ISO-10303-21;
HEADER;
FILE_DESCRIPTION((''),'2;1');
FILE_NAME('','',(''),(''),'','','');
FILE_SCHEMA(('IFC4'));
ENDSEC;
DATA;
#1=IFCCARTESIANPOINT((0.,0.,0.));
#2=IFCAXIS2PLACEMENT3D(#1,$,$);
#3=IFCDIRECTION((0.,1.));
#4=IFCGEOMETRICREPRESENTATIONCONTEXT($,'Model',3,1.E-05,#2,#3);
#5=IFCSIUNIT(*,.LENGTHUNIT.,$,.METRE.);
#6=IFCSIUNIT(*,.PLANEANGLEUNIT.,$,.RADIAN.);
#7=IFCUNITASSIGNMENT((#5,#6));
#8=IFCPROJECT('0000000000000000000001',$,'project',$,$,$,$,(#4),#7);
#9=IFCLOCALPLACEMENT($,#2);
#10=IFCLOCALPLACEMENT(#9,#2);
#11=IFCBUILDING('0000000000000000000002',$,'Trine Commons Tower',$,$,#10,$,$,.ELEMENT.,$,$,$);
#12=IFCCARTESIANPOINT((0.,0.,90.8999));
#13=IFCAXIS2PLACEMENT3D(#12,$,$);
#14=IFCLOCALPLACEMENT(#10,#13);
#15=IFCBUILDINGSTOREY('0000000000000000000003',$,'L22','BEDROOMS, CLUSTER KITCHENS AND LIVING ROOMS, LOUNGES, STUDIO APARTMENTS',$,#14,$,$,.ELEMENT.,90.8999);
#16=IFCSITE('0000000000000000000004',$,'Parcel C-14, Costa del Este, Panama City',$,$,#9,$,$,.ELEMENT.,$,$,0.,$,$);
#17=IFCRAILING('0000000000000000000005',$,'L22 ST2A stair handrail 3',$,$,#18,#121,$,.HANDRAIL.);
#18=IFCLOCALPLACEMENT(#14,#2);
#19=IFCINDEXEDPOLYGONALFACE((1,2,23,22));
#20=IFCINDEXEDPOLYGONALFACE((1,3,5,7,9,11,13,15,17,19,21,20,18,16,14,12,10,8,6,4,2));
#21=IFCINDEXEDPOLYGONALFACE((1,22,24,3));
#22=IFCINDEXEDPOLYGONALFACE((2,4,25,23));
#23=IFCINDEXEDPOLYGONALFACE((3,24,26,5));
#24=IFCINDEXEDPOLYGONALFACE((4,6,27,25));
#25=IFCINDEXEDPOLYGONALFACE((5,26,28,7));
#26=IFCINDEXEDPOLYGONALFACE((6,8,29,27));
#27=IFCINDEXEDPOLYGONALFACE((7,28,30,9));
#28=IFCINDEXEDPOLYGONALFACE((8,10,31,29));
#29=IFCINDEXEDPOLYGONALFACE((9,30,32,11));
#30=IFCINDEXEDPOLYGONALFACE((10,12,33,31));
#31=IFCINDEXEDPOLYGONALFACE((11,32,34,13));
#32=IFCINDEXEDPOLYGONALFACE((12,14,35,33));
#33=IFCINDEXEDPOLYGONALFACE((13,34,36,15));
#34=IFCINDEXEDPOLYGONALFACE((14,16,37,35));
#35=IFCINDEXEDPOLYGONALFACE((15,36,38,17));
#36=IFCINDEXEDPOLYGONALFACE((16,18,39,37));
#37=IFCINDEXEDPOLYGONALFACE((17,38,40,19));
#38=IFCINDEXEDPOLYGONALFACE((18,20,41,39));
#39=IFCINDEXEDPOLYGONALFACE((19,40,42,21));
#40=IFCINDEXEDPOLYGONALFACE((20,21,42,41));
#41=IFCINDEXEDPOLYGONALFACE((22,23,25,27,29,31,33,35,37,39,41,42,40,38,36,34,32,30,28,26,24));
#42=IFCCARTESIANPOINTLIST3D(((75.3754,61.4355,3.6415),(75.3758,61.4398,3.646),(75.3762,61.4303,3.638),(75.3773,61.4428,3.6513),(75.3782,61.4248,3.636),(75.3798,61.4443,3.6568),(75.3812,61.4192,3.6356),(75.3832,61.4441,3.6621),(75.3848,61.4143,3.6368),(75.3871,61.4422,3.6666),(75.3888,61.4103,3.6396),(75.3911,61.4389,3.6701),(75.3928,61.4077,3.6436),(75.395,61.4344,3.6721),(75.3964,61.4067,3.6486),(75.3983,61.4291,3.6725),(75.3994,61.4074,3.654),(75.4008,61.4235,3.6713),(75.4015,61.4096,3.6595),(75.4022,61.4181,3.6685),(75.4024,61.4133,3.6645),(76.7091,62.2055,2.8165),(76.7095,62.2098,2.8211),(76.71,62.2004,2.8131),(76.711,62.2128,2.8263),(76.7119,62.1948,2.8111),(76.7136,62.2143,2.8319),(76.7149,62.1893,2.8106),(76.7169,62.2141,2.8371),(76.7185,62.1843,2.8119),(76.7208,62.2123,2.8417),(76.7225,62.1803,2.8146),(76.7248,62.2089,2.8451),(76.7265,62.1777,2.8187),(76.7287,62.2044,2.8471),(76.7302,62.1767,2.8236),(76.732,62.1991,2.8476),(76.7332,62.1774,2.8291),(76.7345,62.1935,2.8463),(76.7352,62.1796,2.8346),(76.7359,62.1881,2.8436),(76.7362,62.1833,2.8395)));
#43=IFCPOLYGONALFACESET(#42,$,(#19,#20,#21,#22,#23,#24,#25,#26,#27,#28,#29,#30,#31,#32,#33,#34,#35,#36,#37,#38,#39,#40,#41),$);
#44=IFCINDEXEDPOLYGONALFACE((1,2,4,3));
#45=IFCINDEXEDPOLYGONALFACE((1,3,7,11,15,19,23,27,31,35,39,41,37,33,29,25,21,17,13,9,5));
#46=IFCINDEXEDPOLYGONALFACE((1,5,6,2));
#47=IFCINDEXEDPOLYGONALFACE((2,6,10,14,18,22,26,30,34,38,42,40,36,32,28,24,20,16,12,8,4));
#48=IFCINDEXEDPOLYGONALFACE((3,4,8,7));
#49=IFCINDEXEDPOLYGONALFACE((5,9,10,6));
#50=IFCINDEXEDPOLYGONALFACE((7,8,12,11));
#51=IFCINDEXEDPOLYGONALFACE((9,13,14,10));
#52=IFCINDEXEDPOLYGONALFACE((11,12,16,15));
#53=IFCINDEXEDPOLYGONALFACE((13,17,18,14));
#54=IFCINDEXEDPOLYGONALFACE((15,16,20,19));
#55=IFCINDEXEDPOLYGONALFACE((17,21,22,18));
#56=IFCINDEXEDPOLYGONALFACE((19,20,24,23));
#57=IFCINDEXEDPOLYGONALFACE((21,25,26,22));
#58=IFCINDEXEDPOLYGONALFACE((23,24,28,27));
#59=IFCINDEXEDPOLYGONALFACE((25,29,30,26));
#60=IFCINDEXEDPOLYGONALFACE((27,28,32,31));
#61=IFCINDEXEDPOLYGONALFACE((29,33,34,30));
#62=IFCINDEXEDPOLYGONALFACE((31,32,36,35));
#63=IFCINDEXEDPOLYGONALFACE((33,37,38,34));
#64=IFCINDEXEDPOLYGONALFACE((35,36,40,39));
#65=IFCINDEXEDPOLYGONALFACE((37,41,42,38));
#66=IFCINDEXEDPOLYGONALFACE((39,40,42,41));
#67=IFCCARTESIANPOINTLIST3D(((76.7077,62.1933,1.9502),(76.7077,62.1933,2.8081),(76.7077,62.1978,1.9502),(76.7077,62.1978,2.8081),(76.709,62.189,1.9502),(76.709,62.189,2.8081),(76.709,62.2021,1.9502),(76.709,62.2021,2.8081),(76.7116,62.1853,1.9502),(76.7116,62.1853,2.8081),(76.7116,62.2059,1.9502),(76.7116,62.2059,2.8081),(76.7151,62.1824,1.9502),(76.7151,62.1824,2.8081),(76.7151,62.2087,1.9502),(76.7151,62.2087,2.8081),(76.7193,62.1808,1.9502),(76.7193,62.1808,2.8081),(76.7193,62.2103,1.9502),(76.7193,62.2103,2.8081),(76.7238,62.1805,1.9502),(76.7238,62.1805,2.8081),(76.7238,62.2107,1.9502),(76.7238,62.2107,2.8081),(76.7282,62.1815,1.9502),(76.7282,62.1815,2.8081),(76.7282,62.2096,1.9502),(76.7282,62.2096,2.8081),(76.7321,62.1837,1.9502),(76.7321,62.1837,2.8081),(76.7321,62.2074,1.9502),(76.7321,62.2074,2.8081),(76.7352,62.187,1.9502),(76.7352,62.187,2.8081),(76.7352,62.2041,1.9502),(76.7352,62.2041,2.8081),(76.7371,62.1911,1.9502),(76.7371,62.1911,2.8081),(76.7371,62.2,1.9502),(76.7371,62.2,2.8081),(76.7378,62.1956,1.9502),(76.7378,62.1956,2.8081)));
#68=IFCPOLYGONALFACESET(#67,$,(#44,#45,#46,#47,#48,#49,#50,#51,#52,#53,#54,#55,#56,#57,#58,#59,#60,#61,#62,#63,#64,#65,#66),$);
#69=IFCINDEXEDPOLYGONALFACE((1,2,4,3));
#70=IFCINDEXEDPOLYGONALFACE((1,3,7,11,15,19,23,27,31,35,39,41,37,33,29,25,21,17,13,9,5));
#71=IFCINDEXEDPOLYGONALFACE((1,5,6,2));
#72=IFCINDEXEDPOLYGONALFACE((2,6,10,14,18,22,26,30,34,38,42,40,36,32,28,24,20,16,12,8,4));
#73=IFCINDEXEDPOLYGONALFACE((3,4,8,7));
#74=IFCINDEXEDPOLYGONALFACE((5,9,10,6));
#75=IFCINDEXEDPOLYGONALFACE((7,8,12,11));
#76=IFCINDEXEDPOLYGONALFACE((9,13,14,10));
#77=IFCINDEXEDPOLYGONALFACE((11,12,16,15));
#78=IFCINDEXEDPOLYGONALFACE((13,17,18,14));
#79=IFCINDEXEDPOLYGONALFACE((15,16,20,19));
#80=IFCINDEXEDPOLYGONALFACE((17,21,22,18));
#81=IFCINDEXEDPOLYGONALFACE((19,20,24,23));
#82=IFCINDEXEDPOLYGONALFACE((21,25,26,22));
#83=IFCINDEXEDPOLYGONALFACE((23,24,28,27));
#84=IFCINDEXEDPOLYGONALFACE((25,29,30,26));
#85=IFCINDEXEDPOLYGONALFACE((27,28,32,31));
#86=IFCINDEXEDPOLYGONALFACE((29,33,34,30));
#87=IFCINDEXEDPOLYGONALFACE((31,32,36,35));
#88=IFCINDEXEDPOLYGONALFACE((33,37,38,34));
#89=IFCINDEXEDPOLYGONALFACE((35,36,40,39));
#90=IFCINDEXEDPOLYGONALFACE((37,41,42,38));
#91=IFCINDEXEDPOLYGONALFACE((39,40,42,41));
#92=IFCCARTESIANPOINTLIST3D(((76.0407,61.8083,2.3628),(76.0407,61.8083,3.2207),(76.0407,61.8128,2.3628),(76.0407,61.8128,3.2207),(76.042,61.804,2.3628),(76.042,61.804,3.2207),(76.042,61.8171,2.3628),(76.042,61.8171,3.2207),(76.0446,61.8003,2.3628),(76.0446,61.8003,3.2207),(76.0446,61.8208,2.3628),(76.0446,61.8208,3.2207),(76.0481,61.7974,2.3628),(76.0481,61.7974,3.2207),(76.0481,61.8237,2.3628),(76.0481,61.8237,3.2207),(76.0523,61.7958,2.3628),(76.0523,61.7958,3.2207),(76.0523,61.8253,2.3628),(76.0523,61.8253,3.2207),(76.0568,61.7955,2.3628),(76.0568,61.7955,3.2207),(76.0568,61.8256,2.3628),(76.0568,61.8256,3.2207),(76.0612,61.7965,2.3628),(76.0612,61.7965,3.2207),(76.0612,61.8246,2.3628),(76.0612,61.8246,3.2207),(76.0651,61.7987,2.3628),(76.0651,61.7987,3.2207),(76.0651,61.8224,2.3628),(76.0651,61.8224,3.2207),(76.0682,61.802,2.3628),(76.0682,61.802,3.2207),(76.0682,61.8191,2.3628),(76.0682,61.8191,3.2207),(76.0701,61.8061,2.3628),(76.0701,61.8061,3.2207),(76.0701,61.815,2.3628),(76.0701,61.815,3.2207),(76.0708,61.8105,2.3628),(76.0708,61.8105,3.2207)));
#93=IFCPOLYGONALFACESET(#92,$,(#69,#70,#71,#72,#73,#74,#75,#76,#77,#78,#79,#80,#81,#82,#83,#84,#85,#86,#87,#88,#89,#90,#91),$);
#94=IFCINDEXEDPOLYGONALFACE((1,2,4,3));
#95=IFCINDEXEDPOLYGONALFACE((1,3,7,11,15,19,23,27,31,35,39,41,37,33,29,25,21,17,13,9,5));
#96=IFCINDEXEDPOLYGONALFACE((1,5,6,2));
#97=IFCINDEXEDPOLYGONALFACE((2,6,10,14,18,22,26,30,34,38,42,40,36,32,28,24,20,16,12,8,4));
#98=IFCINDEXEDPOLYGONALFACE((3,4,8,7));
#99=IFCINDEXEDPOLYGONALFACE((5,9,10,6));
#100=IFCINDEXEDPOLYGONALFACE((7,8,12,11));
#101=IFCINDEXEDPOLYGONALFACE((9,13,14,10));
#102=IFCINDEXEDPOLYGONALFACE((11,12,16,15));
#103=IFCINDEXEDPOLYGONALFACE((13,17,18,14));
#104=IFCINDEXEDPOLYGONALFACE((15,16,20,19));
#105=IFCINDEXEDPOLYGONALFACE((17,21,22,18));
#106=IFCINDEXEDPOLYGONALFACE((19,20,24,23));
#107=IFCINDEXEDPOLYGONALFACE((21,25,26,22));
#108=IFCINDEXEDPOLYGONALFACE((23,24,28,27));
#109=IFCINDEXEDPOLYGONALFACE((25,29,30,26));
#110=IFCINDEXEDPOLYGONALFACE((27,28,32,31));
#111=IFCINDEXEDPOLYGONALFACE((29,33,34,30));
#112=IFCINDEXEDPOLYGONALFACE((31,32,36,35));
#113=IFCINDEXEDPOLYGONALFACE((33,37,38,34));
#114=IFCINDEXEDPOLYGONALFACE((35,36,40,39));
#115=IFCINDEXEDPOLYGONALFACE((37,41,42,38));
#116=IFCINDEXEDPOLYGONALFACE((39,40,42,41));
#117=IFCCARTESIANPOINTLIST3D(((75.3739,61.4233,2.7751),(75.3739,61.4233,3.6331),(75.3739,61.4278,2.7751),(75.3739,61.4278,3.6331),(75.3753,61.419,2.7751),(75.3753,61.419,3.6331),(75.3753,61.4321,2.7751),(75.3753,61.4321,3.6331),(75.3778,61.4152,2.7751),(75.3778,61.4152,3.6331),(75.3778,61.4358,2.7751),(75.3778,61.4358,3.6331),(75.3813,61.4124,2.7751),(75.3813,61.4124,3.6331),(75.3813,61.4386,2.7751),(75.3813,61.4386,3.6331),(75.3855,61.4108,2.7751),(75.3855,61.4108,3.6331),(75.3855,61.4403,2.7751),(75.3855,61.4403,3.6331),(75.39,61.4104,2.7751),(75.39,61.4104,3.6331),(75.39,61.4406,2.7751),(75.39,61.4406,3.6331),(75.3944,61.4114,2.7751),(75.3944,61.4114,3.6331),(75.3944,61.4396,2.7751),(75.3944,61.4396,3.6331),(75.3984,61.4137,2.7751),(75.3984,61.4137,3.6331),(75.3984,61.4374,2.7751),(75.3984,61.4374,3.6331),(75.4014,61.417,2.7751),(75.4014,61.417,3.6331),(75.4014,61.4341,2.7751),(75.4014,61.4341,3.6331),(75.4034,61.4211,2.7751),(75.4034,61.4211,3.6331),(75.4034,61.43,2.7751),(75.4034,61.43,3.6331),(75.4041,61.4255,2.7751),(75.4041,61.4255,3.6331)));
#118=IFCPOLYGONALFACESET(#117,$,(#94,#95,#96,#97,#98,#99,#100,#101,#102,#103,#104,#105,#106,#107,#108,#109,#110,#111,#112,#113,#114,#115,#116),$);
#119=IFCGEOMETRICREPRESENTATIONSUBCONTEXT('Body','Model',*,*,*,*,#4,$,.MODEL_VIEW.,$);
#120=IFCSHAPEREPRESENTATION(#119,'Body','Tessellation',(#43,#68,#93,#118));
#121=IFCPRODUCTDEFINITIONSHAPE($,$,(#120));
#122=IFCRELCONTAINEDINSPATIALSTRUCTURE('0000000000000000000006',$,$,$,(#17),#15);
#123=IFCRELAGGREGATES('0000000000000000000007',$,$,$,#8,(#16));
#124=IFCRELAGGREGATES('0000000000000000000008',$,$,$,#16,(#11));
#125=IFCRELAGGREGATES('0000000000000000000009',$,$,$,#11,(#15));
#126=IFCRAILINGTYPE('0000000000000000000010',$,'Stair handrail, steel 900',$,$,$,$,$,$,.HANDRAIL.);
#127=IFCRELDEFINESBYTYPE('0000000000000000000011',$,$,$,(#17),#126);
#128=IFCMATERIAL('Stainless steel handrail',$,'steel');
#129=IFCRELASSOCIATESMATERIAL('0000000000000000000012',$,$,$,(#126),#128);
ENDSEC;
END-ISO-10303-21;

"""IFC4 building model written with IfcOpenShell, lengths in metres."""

from ifc_helpers import new_model, si_unit, direction, frame, origin, origin_2d, place, context, subcontext, project, spatial, circle, extrude, material, type_object, element, save


model = new_model("IFC4")

# Units and contexts
model_context = context("Model", 3, precision=1e-05, world=origin(), true_north=direction((0.0, 1.0)))
body_context = subcontext(model_context, "Body", "Model", "MODEL_VIEW")
ifc_project = project(units=[si_unit("LENGTHUNIT", "METRE"), si_unit("PLANEANGLEUNIT", "RADIAN")], contexts=[model_context])

# Site, building, storey
site_placement = place(None, origin())
site = spatial("IfcSite", under=ifc_project, at=site_placement, Name="Parcel C-14, Costa del Este, Panama City", CompositionType="ELEMENT", RefElevation=0.0)
building_placement = place(site_placement, origin())
building = spatial("IfcBuilding", under=site, at=building_placement, Name="Trine Commons Tower", CompositionType="ELEMENT")
storey_placement = place(building_placement, frame((0.0, 0.0, 90.8999)))
storey = spatial("IfcBuildingStorey", under=building, at=storey_placement, Name="L22", Description="BEDROOMS, CLUSTER KITCHENS AND LIVING ROOMS, LOUNGES, STUDIO APARTMENTS", CompositionType="ELEMENT", Elevation=90.8999)

# Railing
ifc_material_1 = material(Name="Stainless steel handrail", Category="steel")
railing_type_1 = type_object("IfcRailingType", Name="Stair handrail, steel 900", PredefinedType="HANDRAIL", material=ifc_material_1)
for number, where, name in (
    (1, (76.7227, 62.1956, 1.9502), "L22 ST2A stair handrail 3"),
):
    element("IfcRailing", number, at=place(storey_placement, frame(where)), inside=storey, type_object=railing_type_1, Name=name, PredefinedType="HANDRAIL", context=body_context, shape_type="SweptSolid", body=[
        extrude(circle(Radius=0.021, at=origin_2d()), frame((0.0, 0.0, 0.8789), z_axis=(-0.763405, -0.440743, 0.472185), x_axis=(0.499992, -0.86603, 0.0)), (0.0, 0.0, 1.0), 1.7471),
        extrude(circle(Radius=0.0151, at=origin_2d()), origin(), (0.0, 0.0, 1.0), 0.8579),
        extrude(circle(Radius=0.0151, at=origin_2d()), frame((-0.667, -0.385, 0.4126)), (0.0, 0.0, 1.0), 0.8579),
        extrude(circle(Radius=0.0151, at=origin_2d()), frame((-1.3337, -0.77, 0.825)), (0.0, 0.0, 1.0), 0.8579),
    ])

save(model, "model.ifc")
